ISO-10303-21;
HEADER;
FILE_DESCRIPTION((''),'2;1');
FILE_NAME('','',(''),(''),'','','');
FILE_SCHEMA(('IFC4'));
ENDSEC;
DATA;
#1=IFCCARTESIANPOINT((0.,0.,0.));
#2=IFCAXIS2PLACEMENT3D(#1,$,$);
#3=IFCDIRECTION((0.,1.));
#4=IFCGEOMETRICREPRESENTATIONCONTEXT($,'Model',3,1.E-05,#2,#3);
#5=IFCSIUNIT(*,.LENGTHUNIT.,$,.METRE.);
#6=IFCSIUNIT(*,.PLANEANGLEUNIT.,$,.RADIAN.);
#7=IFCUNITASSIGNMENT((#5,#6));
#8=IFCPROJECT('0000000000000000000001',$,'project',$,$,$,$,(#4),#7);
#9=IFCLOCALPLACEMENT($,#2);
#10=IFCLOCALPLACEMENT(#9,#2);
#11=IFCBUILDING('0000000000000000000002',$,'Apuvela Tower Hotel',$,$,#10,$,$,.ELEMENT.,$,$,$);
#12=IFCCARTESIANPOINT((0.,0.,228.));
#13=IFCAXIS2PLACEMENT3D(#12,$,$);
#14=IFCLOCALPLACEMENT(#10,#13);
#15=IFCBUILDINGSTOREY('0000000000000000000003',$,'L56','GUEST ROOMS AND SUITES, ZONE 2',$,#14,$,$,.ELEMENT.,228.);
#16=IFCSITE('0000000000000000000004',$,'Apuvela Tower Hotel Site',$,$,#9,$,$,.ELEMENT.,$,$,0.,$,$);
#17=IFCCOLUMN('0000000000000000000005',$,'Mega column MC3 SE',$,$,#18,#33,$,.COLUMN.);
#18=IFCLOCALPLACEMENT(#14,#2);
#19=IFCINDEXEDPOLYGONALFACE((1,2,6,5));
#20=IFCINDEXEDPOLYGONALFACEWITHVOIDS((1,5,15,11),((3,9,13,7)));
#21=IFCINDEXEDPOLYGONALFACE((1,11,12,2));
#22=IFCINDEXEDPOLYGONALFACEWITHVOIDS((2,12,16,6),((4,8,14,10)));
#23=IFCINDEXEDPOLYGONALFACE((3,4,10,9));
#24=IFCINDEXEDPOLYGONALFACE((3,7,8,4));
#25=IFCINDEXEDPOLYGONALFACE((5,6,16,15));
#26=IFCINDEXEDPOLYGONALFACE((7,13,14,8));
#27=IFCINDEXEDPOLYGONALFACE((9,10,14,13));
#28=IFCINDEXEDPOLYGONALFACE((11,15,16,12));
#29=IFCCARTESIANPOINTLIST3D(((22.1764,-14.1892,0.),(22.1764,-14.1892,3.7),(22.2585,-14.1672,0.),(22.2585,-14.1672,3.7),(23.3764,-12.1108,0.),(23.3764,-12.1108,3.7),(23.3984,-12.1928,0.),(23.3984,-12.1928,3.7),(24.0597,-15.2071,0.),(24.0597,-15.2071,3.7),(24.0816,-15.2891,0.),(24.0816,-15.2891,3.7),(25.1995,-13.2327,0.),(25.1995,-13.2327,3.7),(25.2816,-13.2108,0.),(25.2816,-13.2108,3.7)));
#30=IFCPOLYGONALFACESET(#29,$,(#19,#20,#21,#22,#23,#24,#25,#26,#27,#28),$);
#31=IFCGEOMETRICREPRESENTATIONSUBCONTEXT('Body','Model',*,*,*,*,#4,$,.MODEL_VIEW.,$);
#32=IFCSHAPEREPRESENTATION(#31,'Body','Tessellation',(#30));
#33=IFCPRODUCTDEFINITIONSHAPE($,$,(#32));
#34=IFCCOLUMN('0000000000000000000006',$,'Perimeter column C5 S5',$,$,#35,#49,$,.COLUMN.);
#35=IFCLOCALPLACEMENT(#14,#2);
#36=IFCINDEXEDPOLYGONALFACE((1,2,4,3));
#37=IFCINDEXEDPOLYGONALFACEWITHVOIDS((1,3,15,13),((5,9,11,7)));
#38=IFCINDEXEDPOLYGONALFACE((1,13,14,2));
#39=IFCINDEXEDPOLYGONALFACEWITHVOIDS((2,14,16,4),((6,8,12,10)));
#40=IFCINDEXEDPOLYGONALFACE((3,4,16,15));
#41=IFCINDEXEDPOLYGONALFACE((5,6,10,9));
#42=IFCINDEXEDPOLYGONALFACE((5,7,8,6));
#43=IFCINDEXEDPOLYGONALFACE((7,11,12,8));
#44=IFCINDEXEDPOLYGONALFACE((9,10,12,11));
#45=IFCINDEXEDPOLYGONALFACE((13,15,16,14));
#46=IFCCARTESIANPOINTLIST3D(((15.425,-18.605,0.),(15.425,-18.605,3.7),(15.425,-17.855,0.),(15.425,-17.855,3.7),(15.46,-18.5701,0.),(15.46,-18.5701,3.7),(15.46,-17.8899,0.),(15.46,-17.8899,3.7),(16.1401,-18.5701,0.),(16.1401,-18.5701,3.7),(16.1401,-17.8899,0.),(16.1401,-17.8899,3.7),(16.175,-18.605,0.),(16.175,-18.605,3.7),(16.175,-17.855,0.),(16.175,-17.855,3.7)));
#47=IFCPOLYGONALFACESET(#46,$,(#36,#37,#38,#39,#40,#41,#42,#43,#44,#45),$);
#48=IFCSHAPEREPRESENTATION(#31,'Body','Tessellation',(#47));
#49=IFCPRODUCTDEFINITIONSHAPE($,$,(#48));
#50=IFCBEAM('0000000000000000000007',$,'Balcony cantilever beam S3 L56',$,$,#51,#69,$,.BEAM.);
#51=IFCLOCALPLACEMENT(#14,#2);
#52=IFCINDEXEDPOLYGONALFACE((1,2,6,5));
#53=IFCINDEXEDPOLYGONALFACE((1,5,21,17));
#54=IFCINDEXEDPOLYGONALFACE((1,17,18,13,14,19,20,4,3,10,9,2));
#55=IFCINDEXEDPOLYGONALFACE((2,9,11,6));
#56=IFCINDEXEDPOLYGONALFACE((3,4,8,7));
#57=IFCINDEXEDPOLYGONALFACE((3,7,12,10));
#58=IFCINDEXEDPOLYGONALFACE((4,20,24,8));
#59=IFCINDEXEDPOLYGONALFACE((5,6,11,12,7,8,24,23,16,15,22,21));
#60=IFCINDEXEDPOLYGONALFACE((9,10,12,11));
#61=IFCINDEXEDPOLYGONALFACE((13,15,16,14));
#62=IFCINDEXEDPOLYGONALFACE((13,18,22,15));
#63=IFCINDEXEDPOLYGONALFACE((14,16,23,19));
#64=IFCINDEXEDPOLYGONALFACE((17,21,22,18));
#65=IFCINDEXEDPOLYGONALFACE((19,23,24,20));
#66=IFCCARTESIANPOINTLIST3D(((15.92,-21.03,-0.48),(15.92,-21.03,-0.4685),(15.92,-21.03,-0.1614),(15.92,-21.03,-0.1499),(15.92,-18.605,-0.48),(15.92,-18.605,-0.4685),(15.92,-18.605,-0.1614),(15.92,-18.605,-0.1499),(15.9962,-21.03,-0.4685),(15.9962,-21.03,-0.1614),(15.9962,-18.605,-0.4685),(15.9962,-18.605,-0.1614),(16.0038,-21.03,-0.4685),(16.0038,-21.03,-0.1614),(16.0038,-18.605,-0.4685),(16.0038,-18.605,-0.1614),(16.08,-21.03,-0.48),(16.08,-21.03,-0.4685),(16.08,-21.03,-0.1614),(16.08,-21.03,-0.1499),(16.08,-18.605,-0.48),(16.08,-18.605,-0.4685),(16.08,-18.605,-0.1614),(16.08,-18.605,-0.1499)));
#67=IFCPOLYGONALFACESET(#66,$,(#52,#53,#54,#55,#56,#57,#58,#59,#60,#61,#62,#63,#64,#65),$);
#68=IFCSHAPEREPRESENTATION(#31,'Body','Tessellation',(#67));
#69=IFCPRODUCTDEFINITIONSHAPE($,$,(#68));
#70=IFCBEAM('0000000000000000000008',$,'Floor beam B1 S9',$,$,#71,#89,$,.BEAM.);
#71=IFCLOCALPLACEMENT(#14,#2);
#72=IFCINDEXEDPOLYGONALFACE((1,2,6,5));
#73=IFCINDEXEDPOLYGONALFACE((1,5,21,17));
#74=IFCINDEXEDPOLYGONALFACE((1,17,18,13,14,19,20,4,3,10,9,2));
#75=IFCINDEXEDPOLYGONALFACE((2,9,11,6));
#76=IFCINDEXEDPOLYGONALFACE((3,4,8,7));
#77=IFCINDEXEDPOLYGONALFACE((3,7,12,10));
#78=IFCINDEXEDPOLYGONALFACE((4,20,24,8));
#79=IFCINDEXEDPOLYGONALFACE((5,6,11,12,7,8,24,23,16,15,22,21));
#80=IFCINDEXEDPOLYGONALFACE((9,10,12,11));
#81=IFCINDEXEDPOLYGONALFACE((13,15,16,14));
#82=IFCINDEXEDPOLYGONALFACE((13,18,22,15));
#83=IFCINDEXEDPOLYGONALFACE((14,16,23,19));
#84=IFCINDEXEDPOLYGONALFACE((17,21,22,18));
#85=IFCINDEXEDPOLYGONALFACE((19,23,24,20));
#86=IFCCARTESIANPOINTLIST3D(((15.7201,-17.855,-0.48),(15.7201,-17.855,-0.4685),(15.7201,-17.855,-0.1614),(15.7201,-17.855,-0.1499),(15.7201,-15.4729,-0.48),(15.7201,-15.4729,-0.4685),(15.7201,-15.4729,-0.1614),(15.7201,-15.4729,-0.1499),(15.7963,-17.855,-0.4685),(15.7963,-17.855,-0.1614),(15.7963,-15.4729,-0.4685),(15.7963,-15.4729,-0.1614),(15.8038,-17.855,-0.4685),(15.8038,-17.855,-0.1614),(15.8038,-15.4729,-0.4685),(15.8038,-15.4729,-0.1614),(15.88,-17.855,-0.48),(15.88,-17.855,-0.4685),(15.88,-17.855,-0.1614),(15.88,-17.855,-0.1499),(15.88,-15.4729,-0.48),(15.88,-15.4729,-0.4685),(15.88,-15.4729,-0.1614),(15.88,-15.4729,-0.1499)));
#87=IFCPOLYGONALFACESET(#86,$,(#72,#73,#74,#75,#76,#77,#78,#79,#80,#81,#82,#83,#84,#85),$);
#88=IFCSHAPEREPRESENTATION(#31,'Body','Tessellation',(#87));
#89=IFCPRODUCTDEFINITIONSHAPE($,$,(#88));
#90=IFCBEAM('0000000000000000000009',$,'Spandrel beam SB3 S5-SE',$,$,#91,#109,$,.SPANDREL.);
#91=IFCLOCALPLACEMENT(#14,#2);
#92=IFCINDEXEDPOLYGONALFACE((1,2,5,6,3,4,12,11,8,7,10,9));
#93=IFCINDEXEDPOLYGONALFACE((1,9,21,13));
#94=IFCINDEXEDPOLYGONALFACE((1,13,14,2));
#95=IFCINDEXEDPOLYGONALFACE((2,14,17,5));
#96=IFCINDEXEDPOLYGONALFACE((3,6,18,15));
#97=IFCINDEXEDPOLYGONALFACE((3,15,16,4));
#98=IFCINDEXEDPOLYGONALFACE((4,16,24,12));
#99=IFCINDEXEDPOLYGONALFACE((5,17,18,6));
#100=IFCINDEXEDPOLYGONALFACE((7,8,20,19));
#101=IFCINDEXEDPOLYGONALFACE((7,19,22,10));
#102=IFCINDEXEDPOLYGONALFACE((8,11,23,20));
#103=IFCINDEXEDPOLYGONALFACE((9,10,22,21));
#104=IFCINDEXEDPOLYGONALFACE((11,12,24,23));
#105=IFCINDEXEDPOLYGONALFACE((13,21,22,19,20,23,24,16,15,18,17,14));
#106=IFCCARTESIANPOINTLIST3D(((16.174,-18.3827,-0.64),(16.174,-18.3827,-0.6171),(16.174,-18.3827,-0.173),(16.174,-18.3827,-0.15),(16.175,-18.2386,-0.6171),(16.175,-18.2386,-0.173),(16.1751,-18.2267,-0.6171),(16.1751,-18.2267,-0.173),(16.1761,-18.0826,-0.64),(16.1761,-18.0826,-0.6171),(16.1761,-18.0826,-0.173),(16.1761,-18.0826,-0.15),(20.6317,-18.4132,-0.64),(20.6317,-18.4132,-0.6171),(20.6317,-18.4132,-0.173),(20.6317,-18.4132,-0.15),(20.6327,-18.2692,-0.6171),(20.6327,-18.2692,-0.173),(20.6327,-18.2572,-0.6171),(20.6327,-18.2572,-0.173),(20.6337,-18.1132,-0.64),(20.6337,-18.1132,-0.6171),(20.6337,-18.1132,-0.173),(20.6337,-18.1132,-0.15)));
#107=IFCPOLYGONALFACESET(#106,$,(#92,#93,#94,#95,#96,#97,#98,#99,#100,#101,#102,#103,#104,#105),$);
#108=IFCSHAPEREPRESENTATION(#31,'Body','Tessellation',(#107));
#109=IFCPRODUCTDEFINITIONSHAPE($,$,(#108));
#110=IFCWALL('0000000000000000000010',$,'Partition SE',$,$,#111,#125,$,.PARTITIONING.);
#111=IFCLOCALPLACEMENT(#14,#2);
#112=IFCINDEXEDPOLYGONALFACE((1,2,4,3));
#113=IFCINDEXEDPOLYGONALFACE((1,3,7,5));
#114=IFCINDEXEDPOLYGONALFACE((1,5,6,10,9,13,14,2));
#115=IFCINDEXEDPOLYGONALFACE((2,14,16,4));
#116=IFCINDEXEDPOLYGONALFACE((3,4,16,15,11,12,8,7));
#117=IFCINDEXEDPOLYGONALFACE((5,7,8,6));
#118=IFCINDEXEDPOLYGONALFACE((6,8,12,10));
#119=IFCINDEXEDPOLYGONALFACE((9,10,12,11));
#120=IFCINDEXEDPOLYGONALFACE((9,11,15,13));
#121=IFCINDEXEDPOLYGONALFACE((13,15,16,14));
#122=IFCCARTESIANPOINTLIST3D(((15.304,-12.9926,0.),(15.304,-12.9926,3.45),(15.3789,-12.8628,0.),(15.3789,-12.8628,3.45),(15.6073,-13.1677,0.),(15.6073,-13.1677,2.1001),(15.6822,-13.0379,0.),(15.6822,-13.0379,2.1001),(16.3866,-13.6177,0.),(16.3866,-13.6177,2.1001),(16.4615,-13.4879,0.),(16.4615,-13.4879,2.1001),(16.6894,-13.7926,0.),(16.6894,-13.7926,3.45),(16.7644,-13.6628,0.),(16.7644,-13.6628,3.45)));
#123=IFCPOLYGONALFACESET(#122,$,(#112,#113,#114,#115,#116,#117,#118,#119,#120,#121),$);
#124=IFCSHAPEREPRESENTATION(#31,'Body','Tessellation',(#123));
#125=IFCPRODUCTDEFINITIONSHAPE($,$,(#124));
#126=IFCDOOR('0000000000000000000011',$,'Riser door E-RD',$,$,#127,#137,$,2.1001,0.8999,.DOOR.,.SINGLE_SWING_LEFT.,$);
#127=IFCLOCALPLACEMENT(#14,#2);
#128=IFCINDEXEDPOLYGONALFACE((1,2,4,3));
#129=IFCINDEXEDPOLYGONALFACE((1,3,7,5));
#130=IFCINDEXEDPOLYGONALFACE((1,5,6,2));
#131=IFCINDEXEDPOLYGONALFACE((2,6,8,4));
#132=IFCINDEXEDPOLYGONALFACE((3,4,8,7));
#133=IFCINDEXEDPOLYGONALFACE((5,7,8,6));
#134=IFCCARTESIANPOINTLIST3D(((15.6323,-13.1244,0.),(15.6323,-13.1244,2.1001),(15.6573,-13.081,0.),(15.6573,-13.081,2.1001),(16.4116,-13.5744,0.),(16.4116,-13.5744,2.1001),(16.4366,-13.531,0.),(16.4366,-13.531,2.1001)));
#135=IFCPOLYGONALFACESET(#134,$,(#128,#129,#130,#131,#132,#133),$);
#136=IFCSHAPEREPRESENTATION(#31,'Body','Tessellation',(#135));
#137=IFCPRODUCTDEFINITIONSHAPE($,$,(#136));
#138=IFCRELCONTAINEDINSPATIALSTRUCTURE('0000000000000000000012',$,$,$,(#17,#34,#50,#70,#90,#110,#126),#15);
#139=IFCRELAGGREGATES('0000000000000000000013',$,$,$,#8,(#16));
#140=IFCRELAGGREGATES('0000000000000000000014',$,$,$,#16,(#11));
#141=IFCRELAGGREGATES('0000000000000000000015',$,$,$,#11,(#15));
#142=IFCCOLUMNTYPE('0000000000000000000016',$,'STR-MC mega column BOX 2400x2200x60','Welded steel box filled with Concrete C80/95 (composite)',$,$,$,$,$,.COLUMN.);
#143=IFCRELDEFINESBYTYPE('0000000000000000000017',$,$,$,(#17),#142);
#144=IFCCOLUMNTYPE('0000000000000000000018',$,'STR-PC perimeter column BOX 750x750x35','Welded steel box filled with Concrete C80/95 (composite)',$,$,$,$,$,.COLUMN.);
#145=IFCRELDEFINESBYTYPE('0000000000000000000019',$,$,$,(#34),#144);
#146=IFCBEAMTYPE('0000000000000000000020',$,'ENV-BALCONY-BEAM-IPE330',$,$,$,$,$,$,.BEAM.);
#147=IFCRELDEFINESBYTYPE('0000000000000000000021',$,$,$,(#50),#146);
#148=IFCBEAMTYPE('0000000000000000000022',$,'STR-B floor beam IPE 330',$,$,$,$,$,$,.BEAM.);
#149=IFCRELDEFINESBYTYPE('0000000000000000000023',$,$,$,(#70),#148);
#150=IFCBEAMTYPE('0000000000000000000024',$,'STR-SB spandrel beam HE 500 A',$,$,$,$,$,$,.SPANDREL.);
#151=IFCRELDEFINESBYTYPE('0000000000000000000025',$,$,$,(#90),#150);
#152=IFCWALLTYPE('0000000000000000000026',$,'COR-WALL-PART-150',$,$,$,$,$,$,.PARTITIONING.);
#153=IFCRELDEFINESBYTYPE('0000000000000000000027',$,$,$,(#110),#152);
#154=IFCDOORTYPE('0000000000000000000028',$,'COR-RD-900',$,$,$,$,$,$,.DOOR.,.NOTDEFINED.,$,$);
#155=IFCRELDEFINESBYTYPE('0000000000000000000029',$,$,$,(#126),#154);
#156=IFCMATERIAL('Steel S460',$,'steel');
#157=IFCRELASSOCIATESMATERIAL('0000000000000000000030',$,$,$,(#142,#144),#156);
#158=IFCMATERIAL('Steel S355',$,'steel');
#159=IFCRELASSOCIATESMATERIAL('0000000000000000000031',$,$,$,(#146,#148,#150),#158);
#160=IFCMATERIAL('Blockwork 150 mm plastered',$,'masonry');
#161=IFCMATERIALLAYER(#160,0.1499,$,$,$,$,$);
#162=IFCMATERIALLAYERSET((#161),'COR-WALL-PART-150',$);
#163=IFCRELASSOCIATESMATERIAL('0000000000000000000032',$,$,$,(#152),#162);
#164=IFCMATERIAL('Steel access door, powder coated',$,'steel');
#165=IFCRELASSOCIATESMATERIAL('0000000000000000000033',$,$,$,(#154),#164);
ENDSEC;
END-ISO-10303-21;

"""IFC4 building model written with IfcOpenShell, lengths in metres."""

from ifc_helpers import new_model, si_unit, direction, frame, frame_2d, origin, origin_2d, place, context, subcontext, project, spatial, rectangle, hollow_rectangle, i_section, extrude, material, layer, layer_set, material_profile, profile_set, type_object, element, fill, save


model = new_model("IFC4")

# Units and contexts
model_context = context("Model", 3, precision=1e-05, world=origin(), true_north=direction((0.0, 1.0)))
body_context = subcontext(model_context, "Body", "Model", "MODEL_VIEW")
ifc_project = project(units=[si_unit("LENGTHUNIT", "METRE"), si_unit("PLANEANGLEUNIT", "RADIAN")], contexts=[model_context])

# Site, building, storey
site_placement = place(None, origin())
site = spatial("IfcSite", under=ifc_project, at=site_placement, Name="Apuvela Tower Hotel Site", CompositionType="ELEMENT", RefElevation=0.0)
building_placement = place(site_placement, origin())
building = spatial("IfcBuilding", under=site, at=building_placement, Name="Apuvela Tower Hotel", CompositionType="ELEMENT")
storey_placement = place(building_placement, frame((0.0, 0.0, 228.0)))
storey = spatial("IfcBuildingStorey", under=building, at=storey_placement, Name="L56", Description="GUEST ROOMS AND SUITES, ZONE 2", CompositionType="ELEMENT", Elevation=228.0)

# Columns
ifc_material_1 = material(Name="Steel S460", Category="steel")
ifc_material_profile_1 = material_profile(ifc_material_1, hollow_rectangle(XDim=2.3999, YDim=2.2, WallThickness=0.0601, at=origin_2d()), Name="BOX 2400x2200x60")
ifc_material_2 = material(Name="Concrete C80/95", Category="concrete")
ifc_material_profile_2 = material_profile(ifc_material_2, rectangle(XDim=2.28, YDim=2.0801, at=origin_2d()), Name="Concrete C80/95 infill")
ifc_profile_set_1 = profile_set([ifc_material_profile_1, ifc_material_profile_2], Name="Steel S460")
column_type_1 = type_object("IfcColumnType", Name="STR-MC mega column BOX 2400x2200x60", Description="Welded steel box filled with Concrete C80/95 (composite)", PredefinedType="COLUMN", material=ifc_profile_set_1)
column_1_placement = place(storey_placement, frame((23.729, -13.7, 0.0), z_axis=(0.0, 0.0, 1.0), x_axis=(0.5, 0.866025, 0.0)))
element("IfcColumn", 1, at=column_1_placement, inside=storey, type_object=column_type_1, Name="Mega column MC3 SE", PredefinedType="COLUMN", context=body_context, shape_type="SweptSolid", body=[
    extrude(hollow_rectangle(XDim=2.3999, YDim=2.2, WallThickness=0.0601, at=origin_2d()), origin(), (0.0, 0.0, 1.0), 3.7),
])
ifc_material_profile_3 = material_profile(ifc_material_1, hollow_rectangle(XDim=0.75, YDim=0.75, WallThickness=0.0349, at=origin_2d()), Name="BOX 750x750x35")
ifc_material_profile_4 = material_profile(ifc_material_2, rectangle(XDim=0.6799, YDim=0.6799, at=origin_2d()), Name="Concrete C80/95 infill")
ifc_profile_set_2 = profile_set([ifc_material_profile_3, ifc_material_profile_4], Name="Steel S460")
column_type_2 = type_object("IfcColumnType", Name="STR-PC perimeter column BOX 750x750x35", Description="Welded steel box filled with Concrete C80/95 (composite)", PredefinedType="COLUMN", material=ifc_profile_set_2)
column_2_placement = place(storey_placement, frame((15.8, -18.23, 0.0), z_axis=(0.0, 0.0, 1.0), x_axis=(-1.0, 0.0, 0.0)))
element("IfcColumn", 2, at=column_2_placement, inside=storey, type_object=column_type_2, Name="Perimeter column C5 S5", PredefinedType="COLUMN", context=body_context, shape_type="SweptSolid", body=[
    extrude(hollow_rectangle(XDim=0.75, YDim=0.75, WallThickness=0.0349, at=origin_2d()), origin(), (0.0, 0.0, 1.0), 3.7),
])

# Beams
ifc_material_3 = material(Name="Steel S355", Category="steel")
ifc_material_profile_5 = material_profile(ifc_material_3, i_section(OverallWidth=0.1599, OverallDepth=0.3301, WebThickness=0.0076, FlangeThickness=0.0115, at=origin_2d()), Name="IPE 330")
ifc_profile_set_3 = profile_set([ifc_material_profile_5], Name="Steel S355")
beam_type_1 = type_object("IfcBeamType", Name="ENV-BALCONY-BEAM-IPE330", PredefinedType="BEAM", material=ifc_profile_set_3)
beam_1_placement = place(storey_placement, frame((16.0, -18.605, -0.3149), z_axis=(0.0, -1.0, 0.0), x_axis=(1.0, 0.0, 0.0)))
element("IfcBeam", 3, at=beam_1_placement, inside=storey, type_object=beam_type_1, Name="Balcony cantilever beam S3 L56", PredefinedType="BEAM", context=body_context, shape_type="SweptSolid", body=[
    extrude(i_section(OverallWidth=0.1599, OverallDepth=0.3301, WebThickness=0.0076, FlangeThickness=0.0115, at=origin_2d()), origin(), (0.0, 0.0, 1.0), 2.425),
])
ifc_material_profile_6 = material_profile(ifc_material_3, i_section(OverallWidth=0.1599, OverallDepth=0.3301, WebThickness=0.0076, FlangeThickness=0.0115, at=origin_2d()), Name="IPE 330")
ifc_profile_set_4 = profile_set([ifc_material_profile_6], Name="Steel S355")
beam_type_2 = type_object("IfcBeamType", Name="STR-B floor beam IPE 330", PredefinedType="BEAM", material=ifc_profile_set_4)
beam_2_placement = place(storey_placement, frame((15.8, -17.855, -0.3149), z_axis=(0.0, 1.0, 0.0), x_axis=(-1.0, 0.0, 0.0)))
element("IfcBeam", 4, at=beam_2_placement, inside=storey, type_object=beam_type_2, Name="Floor beam B1 S9", PredefinedType="BEAM", context=body_context, shape_type="SweptSolid", body=[
    extrude(i_section(OverallWidth=0.1599, OverallDepth=0.3301, WebThickness=0.0076, FlangeThickness=0.0115, at=origin_2d()), origin(), (0.0, 0.0, 1.0), 2.3821),
])
ifc_material_profile_7 = material_profile(ifc_material_3, i_section(OverallWidth=0.3, OverallDepth=0.49, WebThickness=0.012, FlangeThickness=0.0229, at=origin_2d()), Name="HE 500 A")
ifc_profile_set_5 = profile_set([ifc_material_profile_7], Name="Steel S355")
beam_type_3 = type_object("IfcBeamType", Name="STR-SB spandrel beam HE 500 A", PredefinedType="SPANDREL", material=ifc_profile_set_5)
beam_3_placement = place(storey_placement, frame((16.175, -18.2327, -0.395), z_axis=(0.999977, -0.006846, 0.0), x_axis=(0.006846, 0.999977, 0.0)))
element("IfcBeam", 5, at=beam_3_placement, inside=storey, type_object=beam_type_3, Name="Spandrel beam SB3 S5-SE", PredefinedType="SPANDREL", context=body_context, shape_type="SweptSolid", body=[
    extrude(i_section(OverallWidth=0.3, OverallDepth=0.49, WebThickness=0.012, FlangeThickness=0.0229, at=origin_2d()), origin(), (0.0, 0.0, 1.0), 4.4578),
])

# Wall, opening, door
ifc_material_4 = material(Name="Blockwork 150 mm plastered", Category="masonry")
ifc_layer_1 = layer(ifc_material_4, 0.1499)
ifc_layer_set_1 = layer_set([ifc_layer_1], Name="COR-WALL-PART-150")
wall_type_1 = type_object("IfcWallType", Name="COR-WALL-PART-150", PredefinedType="PARTITIONING", material=ifc_layer_set_1)
wall_1_placement = place(storey_placement, frame((15.3416, -12.9277, 0.0), z_axis=(0.0, 0.0, 1.0), x_axis=(0.86599, -0.500061, 0.0)))
wall_1 = element("IfcWall", 6, at=wall_1_placement, inside=storey, type_object=wall_type_1, Name="Partition SE", PredefinedType="PARTITIONING", context=body_context, shape_type="SweptSolid", body=[
    extrude(rectangle(XDim=1.5999, YDim=0.1499, at=frame_2d((0.7998, 0.0))), origin(), (0.0, 0.0, 1.0), 3.45),
])
opening_1_placement = place(wall_1_placement, frame((0.3501, 0.0, 0.0)))
opening_1 = element("IfcOpeningElement", 7, at=opening_1_placement, cuts=wall_1, PredefinedType="OPENING", context=body_context, shape_type="SweptSolid", body=[
    extrude(rectangle(XDim=0.8999, YDim=2.1001, at=frame_2d((0.45, 1.05))), frame((0.0, 0.085, 0.0), z_axis=(0.0, -1.0, 0.0), x_axis=(1.0, 0.0, 0.0)), (0.0, 0.0, 1.0), 0.1699),
])
ifc_material_5 = material(Name="Steel access door, powder coated", Category="steel")
door_type_1 = type_object("IfcDoorType", Name="COR-RD-900", OperationType="NOTDEFINED", PredefinedType="DOOR", material=ifc_material_5)
door_1_placement = place(opening_1_placement, frame((0.8999, 0.0, 0.0), z_axis=(0.0, 0.0, 1.0), x_axis=(-1.0, 0.0, 0.0)))
door_1 = element("IfcDoor", 8, at=door_1_placement, inside=storey, type_object=door_type_1, Name="Riser door E-RD", OperationType="SINGLE_SWING_LEFT", OverallHeight=2.1001, OverallWidth=0.8999, PredefinedType="DOOR", context=body_context, shape_type="SweptSolid", body=[
    extrude(rectangle(XDim=0.8999, YDim=2.1001, at=frame_2d((0.45, 1.05))), frame((0.0, 0.0249, 0.0), z_axis=(0.0, -1.0, 0.0), x_axis=(1.0, 0.0, 0.0)), (0.0, 0.0, 1.0), 0.05),
])
fill(opening_1, door_1)

save(model, "model.ifc")
